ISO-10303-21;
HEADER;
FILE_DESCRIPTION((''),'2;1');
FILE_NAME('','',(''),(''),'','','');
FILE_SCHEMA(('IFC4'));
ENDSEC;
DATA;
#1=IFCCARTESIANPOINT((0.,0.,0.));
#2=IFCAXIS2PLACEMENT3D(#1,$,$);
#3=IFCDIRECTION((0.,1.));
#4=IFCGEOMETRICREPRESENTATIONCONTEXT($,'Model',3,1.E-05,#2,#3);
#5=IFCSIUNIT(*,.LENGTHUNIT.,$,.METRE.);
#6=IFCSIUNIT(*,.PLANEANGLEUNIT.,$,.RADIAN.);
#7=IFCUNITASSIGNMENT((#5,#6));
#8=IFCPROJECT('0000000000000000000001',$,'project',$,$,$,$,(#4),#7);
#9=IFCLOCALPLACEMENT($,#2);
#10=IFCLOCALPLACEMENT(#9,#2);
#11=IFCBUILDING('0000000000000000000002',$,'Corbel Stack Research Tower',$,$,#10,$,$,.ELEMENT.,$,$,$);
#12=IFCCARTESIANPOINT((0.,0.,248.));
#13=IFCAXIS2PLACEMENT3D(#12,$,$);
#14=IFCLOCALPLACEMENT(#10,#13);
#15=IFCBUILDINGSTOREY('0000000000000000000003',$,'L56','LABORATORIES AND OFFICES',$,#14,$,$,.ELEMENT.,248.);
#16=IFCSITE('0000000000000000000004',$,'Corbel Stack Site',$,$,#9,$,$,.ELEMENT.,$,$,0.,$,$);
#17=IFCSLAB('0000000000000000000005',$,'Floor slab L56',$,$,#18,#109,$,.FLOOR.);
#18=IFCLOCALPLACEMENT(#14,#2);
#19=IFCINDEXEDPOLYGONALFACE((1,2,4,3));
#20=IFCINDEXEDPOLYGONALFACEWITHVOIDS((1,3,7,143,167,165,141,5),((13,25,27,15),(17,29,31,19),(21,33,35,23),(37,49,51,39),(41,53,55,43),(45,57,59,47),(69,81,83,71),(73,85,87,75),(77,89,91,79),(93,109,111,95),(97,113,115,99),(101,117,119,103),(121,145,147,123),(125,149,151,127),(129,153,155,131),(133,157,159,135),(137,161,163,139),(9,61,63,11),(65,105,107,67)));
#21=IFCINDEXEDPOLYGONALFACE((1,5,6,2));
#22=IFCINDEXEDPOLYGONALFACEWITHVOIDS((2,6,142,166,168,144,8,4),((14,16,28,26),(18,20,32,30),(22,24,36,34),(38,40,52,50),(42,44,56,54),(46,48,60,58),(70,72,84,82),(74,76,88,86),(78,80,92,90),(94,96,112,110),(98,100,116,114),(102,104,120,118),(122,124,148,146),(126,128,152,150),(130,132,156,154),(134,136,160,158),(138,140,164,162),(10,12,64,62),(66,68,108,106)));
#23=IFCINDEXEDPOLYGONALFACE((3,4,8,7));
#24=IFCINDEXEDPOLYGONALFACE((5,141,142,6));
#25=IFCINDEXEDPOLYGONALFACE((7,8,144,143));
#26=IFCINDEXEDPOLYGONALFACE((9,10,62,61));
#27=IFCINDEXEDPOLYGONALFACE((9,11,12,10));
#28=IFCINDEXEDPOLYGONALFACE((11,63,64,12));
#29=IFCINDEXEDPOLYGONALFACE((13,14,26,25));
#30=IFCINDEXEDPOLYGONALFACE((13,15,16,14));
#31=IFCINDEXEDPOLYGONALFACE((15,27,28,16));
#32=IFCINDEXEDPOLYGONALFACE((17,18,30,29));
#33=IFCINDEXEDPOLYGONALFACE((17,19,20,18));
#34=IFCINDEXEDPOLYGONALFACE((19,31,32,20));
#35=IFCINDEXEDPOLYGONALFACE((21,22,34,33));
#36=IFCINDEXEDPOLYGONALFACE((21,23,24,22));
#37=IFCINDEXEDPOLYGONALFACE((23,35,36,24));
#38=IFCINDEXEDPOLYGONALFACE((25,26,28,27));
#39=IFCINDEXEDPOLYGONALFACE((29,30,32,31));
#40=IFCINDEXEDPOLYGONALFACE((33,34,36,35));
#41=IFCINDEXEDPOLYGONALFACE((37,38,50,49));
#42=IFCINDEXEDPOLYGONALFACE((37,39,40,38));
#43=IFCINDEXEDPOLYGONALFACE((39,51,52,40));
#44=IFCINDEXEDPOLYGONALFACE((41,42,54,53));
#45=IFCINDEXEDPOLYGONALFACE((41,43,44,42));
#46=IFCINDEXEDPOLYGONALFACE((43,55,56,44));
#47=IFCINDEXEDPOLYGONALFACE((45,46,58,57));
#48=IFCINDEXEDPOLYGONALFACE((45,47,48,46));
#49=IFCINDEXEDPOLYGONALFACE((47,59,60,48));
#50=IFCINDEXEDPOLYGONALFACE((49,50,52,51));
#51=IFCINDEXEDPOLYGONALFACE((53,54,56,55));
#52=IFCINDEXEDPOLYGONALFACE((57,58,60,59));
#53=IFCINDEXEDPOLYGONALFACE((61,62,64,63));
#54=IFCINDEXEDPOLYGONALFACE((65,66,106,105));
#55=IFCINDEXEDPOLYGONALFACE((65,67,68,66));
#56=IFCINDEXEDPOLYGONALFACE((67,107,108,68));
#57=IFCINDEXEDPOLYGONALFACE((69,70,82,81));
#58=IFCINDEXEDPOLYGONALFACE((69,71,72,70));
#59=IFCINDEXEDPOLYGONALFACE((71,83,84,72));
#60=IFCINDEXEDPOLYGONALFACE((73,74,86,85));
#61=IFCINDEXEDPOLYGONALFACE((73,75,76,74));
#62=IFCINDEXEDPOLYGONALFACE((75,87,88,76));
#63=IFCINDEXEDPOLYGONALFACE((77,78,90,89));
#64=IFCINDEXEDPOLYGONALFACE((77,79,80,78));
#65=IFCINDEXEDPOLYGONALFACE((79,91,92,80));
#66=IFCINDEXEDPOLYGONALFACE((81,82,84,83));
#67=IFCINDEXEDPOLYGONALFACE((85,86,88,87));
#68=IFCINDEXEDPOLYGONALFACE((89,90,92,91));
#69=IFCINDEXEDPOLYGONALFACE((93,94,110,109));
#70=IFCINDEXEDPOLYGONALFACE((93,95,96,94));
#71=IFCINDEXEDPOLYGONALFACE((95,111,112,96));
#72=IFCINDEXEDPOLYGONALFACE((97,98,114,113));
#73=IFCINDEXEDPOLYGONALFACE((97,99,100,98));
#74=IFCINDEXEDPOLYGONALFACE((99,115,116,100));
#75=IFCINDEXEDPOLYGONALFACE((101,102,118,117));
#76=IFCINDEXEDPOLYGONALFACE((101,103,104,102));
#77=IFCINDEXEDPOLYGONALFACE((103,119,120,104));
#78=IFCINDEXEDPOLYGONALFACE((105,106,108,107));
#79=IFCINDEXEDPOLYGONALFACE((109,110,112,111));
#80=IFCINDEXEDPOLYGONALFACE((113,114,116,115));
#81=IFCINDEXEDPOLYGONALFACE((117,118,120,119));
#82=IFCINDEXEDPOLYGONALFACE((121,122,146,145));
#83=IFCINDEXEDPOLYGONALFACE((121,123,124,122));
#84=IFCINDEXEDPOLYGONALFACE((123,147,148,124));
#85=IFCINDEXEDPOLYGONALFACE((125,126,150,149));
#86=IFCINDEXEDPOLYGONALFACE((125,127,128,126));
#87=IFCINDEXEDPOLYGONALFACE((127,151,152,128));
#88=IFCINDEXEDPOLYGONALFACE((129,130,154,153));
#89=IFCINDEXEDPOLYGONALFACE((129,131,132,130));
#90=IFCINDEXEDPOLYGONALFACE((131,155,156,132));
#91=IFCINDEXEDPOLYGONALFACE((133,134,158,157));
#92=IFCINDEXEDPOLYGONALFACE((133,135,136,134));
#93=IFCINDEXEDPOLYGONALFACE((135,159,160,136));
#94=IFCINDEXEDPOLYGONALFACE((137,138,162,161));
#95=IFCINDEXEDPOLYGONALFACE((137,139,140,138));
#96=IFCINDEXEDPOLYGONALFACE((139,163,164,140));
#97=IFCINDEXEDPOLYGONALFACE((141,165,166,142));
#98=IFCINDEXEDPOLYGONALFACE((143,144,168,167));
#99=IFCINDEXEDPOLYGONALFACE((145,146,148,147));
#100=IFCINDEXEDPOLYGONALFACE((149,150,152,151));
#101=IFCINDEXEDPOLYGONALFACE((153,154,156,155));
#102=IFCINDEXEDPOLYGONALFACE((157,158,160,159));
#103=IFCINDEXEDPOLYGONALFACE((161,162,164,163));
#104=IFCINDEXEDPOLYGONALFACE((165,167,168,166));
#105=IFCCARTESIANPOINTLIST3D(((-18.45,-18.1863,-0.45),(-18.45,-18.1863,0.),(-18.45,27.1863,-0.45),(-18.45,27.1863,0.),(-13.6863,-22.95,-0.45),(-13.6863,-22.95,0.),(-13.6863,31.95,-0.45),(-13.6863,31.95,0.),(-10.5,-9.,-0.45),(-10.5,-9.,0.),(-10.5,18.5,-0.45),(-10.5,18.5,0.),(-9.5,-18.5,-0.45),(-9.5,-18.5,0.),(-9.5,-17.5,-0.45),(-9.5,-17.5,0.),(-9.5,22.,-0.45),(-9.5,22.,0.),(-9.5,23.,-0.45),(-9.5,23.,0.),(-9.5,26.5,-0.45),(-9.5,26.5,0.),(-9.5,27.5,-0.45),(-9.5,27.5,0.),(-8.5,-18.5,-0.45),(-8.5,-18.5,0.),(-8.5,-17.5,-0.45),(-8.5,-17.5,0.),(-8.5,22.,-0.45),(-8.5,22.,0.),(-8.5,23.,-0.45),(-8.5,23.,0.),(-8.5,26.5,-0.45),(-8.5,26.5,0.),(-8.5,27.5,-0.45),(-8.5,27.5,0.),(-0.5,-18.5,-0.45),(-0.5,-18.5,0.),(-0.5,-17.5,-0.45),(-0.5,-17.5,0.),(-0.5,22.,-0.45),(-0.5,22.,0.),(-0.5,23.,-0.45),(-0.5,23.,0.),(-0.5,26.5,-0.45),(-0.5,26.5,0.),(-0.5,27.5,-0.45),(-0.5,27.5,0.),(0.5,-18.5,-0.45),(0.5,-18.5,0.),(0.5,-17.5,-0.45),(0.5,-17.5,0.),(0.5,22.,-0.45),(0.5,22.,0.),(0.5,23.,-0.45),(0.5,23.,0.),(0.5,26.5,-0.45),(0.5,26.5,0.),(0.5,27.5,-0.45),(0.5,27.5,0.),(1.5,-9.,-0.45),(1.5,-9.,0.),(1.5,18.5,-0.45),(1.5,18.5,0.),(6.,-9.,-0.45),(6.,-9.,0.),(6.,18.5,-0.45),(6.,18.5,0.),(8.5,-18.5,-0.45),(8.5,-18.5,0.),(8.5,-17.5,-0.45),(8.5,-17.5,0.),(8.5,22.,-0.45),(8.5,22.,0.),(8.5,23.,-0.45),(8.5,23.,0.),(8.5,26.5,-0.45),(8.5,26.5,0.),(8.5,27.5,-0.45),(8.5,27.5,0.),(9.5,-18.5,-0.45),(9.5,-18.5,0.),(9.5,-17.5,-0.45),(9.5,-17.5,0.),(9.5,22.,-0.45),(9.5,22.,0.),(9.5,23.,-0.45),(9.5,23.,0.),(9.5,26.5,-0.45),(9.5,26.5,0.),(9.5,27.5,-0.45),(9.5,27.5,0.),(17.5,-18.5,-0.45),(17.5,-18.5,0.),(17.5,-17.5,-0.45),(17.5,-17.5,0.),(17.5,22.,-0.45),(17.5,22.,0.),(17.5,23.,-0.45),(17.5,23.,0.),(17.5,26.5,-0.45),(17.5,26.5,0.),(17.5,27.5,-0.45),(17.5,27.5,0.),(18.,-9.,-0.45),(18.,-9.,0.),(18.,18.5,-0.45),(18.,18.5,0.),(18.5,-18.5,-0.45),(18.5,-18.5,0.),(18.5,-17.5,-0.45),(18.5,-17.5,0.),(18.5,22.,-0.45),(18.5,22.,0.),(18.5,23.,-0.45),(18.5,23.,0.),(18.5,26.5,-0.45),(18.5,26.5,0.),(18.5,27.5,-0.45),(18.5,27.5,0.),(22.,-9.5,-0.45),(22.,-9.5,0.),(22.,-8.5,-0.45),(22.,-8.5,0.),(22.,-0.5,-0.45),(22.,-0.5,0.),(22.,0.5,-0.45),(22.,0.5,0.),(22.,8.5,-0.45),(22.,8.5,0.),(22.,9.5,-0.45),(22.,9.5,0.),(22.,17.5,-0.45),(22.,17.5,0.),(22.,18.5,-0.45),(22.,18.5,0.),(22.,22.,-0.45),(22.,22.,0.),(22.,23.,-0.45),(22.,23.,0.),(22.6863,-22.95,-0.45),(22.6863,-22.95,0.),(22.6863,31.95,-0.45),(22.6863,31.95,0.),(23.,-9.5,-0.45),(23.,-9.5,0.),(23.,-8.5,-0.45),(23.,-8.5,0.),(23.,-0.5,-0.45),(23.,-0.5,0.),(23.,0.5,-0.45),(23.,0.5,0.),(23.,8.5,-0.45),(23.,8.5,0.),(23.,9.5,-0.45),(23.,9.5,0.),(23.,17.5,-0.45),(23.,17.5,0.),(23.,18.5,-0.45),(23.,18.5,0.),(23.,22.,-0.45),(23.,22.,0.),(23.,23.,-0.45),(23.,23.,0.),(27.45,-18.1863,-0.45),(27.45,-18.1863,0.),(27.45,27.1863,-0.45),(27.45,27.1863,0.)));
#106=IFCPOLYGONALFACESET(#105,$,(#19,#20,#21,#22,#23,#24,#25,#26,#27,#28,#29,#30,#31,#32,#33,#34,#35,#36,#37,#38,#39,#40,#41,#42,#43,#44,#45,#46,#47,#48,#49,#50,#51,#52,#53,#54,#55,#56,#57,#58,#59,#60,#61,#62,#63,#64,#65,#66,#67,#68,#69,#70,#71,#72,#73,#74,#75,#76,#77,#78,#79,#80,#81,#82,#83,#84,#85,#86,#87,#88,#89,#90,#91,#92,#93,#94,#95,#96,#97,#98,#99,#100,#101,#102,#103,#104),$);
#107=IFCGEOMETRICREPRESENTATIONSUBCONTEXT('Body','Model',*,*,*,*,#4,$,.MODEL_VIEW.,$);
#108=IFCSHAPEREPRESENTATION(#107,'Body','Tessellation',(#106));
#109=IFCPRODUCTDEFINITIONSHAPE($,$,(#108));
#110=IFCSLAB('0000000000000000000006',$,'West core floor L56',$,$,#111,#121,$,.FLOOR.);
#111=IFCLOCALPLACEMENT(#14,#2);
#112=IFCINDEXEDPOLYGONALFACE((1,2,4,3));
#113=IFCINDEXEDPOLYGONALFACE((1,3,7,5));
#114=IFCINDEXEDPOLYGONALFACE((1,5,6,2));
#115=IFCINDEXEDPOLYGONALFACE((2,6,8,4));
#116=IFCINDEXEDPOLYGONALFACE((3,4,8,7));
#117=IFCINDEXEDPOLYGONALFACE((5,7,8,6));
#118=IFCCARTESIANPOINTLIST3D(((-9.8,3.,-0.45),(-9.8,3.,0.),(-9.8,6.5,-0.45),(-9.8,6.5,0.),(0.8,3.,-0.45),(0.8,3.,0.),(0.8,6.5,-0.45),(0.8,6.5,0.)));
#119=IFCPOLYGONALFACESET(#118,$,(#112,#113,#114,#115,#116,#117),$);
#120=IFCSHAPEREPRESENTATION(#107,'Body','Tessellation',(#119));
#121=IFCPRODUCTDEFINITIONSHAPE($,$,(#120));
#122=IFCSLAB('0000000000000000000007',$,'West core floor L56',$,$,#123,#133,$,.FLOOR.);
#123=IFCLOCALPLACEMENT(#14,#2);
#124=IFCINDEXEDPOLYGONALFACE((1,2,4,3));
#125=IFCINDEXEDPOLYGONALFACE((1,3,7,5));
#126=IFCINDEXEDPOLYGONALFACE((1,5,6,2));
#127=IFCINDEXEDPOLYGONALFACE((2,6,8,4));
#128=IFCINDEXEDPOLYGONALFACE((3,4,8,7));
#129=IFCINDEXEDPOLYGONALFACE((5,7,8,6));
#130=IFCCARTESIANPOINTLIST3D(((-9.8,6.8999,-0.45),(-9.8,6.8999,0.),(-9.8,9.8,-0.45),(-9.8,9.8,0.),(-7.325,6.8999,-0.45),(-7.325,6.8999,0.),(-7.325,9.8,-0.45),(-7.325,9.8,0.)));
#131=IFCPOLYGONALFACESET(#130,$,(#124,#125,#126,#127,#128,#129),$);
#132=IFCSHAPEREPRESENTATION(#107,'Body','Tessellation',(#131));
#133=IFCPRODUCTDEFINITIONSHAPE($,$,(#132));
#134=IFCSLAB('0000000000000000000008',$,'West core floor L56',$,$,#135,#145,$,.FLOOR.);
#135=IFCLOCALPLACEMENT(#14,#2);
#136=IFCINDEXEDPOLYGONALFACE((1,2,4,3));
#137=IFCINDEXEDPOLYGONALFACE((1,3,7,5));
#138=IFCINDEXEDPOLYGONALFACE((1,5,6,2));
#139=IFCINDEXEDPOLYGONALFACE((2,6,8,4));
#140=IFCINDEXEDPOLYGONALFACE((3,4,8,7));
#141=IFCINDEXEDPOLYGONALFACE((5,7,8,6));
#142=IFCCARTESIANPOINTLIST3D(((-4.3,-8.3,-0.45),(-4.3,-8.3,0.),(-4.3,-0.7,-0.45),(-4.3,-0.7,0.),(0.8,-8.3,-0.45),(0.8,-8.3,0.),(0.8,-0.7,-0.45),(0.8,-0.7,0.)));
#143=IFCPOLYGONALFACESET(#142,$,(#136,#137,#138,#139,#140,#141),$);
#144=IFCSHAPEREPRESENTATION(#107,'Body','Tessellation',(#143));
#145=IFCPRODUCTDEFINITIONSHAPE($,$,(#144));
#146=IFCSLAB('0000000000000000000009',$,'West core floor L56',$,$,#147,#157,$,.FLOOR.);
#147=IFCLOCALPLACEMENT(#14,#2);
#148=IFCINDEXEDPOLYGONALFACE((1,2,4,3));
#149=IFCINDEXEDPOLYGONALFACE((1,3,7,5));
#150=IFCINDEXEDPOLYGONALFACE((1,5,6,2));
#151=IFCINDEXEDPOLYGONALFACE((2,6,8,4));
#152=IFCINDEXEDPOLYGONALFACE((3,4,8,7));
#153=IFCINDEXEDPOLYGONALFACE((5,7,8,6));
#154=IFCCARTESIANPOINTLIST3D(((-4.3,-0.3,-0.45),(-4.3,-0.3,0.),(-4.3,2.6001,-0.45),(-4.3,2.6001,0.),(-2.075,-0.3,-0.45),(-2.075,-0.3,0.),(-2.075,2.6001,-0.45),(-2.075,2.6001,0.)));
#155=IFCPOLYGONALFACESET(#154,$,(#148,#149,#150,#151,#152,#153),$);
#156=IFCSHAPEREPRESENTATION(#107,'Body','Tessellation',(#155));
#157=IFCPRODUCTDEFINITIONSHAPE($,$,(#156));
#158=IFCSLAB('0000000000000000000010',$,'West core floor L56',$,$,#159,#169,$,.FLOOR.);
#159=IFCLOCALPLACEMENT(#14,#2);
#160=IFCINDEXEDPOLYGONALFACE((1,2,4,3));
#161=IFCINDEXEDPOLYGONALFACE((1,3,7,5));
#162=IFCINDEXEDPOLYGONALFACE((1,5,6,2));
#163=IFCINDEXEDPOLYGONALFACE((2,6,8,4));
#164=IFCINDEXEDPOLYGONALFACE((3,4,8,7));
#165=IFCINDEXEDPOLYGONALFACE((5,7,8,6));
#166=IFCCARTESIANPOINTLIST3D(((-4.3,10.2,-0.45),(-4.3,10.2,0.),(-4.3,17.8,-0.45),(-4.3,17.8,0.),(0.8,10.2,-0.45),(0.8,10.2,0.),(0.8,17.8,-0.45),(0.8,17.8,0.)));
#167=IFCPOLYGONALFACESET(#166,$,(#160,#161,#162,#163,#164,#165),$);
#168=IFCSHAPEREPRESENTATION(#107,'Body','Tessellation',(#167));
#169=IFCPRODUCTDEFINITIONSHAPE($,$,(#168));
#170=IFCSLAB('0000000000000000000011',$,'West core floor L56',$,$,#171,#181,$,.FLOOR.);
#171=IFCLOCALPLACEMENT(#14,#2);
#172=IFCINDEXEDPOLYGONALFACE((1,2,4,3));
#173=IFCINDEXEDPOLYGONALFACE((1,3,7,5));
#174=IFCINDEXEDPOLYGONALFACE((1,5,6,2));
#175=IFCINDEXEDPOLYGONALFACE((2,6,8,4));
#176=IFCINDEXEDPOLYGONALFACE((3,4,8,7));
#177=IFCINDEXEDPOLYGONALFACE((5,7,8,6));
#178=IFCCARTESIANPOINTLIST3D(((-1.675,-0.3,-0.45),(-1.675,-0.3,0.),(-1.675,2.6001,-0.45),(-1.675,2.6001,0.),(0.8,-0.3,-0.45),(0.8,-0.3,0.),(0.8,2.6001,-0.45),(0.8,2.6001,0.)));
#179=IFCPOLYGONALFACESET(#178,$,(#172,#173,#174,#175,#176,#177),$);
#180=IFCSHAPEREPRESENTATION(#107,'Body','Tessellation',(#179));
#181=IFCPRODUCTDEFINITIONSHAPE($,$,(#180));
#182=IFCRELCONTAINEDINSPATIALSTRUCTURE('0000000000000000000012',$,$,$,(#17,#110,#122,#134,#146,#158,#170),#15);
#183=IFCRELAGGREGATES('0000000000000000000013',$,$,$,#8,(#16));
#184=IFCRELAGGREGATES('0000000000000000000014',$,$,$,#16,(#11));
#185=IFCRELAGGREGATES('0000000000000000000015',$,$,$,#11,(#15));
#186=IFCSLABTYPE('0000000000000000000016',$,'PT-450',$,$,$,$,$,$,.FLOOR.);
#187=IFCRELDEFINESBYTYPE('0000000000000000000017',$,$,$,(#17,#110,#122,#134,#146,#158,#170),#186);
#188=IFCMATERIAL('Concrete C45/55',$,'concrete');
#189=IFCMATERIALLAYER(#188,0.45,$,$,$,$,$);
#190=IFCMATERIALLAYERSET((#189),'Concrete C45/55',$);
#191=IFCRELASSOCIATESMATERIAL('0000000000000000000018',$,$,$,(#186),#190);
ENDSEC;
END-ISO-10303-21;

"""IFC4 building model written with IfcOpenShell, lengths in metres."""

from ifc_helpers import new_model, si_unit, direction, frame, origin, place, context, subcontext, project, spatial, polyline, outline, extrude, material, layer, layer_set, type_object, element, save


model = new_model("IFC4")

# Units and contexts
model_context = context("Model", 3, precision=1e-05, world=origin(), true_north=direction((0.0, 1.0)))
body_context = subcontext(model_context, "Body", "Model", "MODEL_VIEW")
ifc_project = project(units=[si_unit("LENGTHUNIT", "METRE"), si_unit("PLANEANGLEUNIT", "RADIAN")], contexts=[model_context])

# Site, building, storey
site_placement = place(None, origin())
site = spatial("IfcSite", under=ifc_project, at=site_placement, Name="Corbel Stack Site", CompositionType="ELEMENT", RefElevation=0.0)
building_placement = place(site_placement, origin())
building = spatial("IfcBuilding", under=site, at=building_placement, Name="Corbel Stack Research Tower", CompositionType="ELEMENT")
storey_placement = place(building_placement, frame((0.0, 0.0, 248.0)))
storey = spatial("IfcBuildingStorey", under=building, at=storey_placement, Name="L56", Description="LABORATORIES AND OFFICES", CompositionType="ELEMENT", Elevation=248.0)

# Slabs
ifc_material_1 = material(Name="Concrete C45/55", Category="concrete")
ifc_layer_1 = layer(ifc_material_1, 0.45)
ifc_layer_set_1 = layer_set([ifc_layer_1], Name="Concrete C45/55")
slab_type_1 = type_object("IfcSlabType", Name="PT-450", PredefinedType="FLOOR", material=ifc_layer_set_1)
slab_1_placement = place(storey_placement, frame((0.0, 0.0, -0.45)))
element("IfcSlab", 1, at=slab_1_placement, inside=storey, type_object=slab_type_1, Name="Floor slab L56", PredefinedType="FLOOR", context=body_context, shape_type="SweptSolid", body=[
    extrude(outline(polyline([(-13.6863, -22.95), (22.6863, -22.95), (27.45, -18.1863), (27.45, 27.1863), (22.6863, 31.95), (-13.6863, 31.95), (-18.45, 27.1863), (-18.45, -18.1863), (-13.6863, -22.95)]), holes=[polyline([(22.0, 22.0), (22.0, 23.0), (23.0, 23.0), (23.0, 22.0), (22.0, 22.0)]), polyline([(23.0, 17.5), (22.0, 17.5), (22.0, 18.5), (23.0, 18.5), (23.0, 17.5)]), polyline([(23.0, 8.5), (22.0, 8.5), (22.0, 9.5), (23.0, 9.5), (23.0, 8.5)]), polyline([(22.0, -0.5), (22.0, 0.5), (23.0, 0.5), (23.0, -0.5), (22.0, -0.5)]), polyline([(23.0, -9.5), (22.0, -9.5), (22.0, -8.5), (23.0, -8.5), (23.0, -9.5)]), polyline([(17.5, 26.5), (17.5, 27.5), (18.5, 27.5), (18.5, 26.5), (17.5, 26.5)]), polyline([(18.5, 22.0), (17.5, 22.0), (17.5, 23.0), (18.5, 23.0), (18.5, 22.0)]), polyline([(18.5, -18.5), (17.5, -18.5), (17.5, -17.5), (18.5, -17.5), (18.5, -18.5)]), polyline([(6.0, -9.0), (6.0, 18.5), (18.0, 18.5), (18.0, -9.0), (6.0, -9.0)]), polyline([(9.5, 26.5), (8.5, 26.5), (8.5, 27.5), (9.5, 27.5), (9.5, 26.5)]), polyline([(9.5, 22.0), (8.5, 22.0), (8.5, 23.0), (9.5, 23.0), (9.5, 22.0)]), polyline([(9.5, -18.5), (8.5, -18.5), (8.5, -17.5), (9.5, -17.5), (9.5, -18.5)]), polyline([(1.5, -9.0), (-10.5, -9.0), (-10.5, 18.5), (1.5, 18.5), (1.5, -9.0)]), polyline([(-0.5, 26.5), (-0.5, 27.5), (0.5, 27.5), (0.5, 26.5), (-0.5, 26.5)]), polyline([(0.5, 22.0), (-0.5, 22.0), (-0.5, 23.0), (0.5, 23.0), (0.5, 22.0)]), polyline([(0.5, -18.5), (-0.5, -18.5), (-0.5, -17.5), (0.5, -17.5), (0.5, -18.5)]), polyline([(-9.5, 26.5), (-9.5, 27.5), (-8.5, 27.5), (-8.5, 26.5), (-9.5, 26.5)]), polyline([(-8.5, 22.0), (-9.5, 22.0), (-9.5, 23.0), (-8.5, 23.0), (-8.5, 22.0)]), polyline([(-8.5, -18.5), (-9.5, -18.5), (-9.5, -17.5), (-8.5, -17.5), (-8.5, -18.5)])]), origin(), (0.0, 0.0, 1.0), 0.45),
])
slab_2_placement = place(storey_placement, frame((0.0, 0.0, -0.45)))
element("IfcSlab", 2, at=slab_2_placement, inside=storey, type_object=slab_type_1, Name="West core floor L56", PredefinedType="FLOOR", context=body_context, shape_type="SweptSolid", body=[
    extrude(outline(polyline([(-9.8, 6.5), (-9.8, 3.0), (0.8, 3.0), (0.8, 6.5), (-9.8, 6.5)])), origin(), (0.0, 0.0, 1.0), 0.45),
])
slab_3_placement = place(storey_placement, frame((0.0, 0.0, -0.45)))
element("IfcSlab", 3, at=slab_3_placement, inside=storey, type_object=slab_type_1, Name="West core floor L56", PredefinedType="FLOOR", context=body_context, shape_type="SweptSolid", body=[
    extrude(outline(polyline([(-9.8, 6.8999), (-7.325, 6.8999), (-7.325, 9.8), (-9.8, 9.8), (-9.8, 6.8999)])), origin(), (0.0, 0.0, 1.0), 0.45),
])
slab_4_placement = place(storey_placement, frame((0.0, 0.0, -0.45)))
element("IfcSlab", 4, at=slab_4_placement, inside=storey, type_object=slab_type_1, Name="West core floor L56", PredefinedType="FLOOR", context=body_context, shape_type="SweptSolid", body=[
    extrude(outline(polyline([(-4.3, -0.7), (-4.3, -8.3), (0.8, -8.3), (0.8, -0.7), (-4.3, -0.7)])), origin(), (0.0, 0.0, 1.0), 0.45),
])
slab_5_placement = place(storey_placement, frame((0.0, 0.0, -0.45)))
element("IfcSlab", 5, at=slab_5_placement, inside=storey, type_object=slab_type_1, Name="West core floor L56", PredefinedType="FLOOR", context=body_context, shape_type="SweptSolid", body=[
    extrude(outline(polyline([(-4.3, 2.6001), (-4.3, -0.3), (-2.075, -0.3), (-2.075, 2.6001), (-4.3, 2.6001)])), origin(), (0.0, 0.0, 1.0), 0.45),
])
slab_6_placement = place(storey_placement, frame((0.0, 0.0, -0.45)))
element("IfcSlab", 6, at=slab_6_placement, inside=storey, type_object=slab_type_1, Name="West core floor L56", PredefinedType="FLOOR", context=body_context, shape_type="SweptSolid", body=[
    extrude(outline(polyline([(-4.3, 17.8), (-4.3, 10.2), (0.8, 10.2), (0.8, 17.8), (-4.3, 17.8)])), origin(), (0.0, 0.0, 1.0), 0.45),
])
slab_7_placement = place(storey_placement, frame((0.0, 0.0, -0.45)))
element("IfcSlab", 7, at=slab_7_placement, inside=storey, type_object=slab_type_1, Name="West core floor L56", PredefinedType="FLOOR", context=body_context, shape_type="SweptSolid", body=[
    extrude(outline(polyline([(-1.675, 2.6001), (-1.675, -0.3), (0.8, -0.3), (0.8, 2.6001), (-1.675, 2.6001)])), origin(), (0.0, 0.0, 1.0), 0.45),
])

save(model, "model.ifc")
